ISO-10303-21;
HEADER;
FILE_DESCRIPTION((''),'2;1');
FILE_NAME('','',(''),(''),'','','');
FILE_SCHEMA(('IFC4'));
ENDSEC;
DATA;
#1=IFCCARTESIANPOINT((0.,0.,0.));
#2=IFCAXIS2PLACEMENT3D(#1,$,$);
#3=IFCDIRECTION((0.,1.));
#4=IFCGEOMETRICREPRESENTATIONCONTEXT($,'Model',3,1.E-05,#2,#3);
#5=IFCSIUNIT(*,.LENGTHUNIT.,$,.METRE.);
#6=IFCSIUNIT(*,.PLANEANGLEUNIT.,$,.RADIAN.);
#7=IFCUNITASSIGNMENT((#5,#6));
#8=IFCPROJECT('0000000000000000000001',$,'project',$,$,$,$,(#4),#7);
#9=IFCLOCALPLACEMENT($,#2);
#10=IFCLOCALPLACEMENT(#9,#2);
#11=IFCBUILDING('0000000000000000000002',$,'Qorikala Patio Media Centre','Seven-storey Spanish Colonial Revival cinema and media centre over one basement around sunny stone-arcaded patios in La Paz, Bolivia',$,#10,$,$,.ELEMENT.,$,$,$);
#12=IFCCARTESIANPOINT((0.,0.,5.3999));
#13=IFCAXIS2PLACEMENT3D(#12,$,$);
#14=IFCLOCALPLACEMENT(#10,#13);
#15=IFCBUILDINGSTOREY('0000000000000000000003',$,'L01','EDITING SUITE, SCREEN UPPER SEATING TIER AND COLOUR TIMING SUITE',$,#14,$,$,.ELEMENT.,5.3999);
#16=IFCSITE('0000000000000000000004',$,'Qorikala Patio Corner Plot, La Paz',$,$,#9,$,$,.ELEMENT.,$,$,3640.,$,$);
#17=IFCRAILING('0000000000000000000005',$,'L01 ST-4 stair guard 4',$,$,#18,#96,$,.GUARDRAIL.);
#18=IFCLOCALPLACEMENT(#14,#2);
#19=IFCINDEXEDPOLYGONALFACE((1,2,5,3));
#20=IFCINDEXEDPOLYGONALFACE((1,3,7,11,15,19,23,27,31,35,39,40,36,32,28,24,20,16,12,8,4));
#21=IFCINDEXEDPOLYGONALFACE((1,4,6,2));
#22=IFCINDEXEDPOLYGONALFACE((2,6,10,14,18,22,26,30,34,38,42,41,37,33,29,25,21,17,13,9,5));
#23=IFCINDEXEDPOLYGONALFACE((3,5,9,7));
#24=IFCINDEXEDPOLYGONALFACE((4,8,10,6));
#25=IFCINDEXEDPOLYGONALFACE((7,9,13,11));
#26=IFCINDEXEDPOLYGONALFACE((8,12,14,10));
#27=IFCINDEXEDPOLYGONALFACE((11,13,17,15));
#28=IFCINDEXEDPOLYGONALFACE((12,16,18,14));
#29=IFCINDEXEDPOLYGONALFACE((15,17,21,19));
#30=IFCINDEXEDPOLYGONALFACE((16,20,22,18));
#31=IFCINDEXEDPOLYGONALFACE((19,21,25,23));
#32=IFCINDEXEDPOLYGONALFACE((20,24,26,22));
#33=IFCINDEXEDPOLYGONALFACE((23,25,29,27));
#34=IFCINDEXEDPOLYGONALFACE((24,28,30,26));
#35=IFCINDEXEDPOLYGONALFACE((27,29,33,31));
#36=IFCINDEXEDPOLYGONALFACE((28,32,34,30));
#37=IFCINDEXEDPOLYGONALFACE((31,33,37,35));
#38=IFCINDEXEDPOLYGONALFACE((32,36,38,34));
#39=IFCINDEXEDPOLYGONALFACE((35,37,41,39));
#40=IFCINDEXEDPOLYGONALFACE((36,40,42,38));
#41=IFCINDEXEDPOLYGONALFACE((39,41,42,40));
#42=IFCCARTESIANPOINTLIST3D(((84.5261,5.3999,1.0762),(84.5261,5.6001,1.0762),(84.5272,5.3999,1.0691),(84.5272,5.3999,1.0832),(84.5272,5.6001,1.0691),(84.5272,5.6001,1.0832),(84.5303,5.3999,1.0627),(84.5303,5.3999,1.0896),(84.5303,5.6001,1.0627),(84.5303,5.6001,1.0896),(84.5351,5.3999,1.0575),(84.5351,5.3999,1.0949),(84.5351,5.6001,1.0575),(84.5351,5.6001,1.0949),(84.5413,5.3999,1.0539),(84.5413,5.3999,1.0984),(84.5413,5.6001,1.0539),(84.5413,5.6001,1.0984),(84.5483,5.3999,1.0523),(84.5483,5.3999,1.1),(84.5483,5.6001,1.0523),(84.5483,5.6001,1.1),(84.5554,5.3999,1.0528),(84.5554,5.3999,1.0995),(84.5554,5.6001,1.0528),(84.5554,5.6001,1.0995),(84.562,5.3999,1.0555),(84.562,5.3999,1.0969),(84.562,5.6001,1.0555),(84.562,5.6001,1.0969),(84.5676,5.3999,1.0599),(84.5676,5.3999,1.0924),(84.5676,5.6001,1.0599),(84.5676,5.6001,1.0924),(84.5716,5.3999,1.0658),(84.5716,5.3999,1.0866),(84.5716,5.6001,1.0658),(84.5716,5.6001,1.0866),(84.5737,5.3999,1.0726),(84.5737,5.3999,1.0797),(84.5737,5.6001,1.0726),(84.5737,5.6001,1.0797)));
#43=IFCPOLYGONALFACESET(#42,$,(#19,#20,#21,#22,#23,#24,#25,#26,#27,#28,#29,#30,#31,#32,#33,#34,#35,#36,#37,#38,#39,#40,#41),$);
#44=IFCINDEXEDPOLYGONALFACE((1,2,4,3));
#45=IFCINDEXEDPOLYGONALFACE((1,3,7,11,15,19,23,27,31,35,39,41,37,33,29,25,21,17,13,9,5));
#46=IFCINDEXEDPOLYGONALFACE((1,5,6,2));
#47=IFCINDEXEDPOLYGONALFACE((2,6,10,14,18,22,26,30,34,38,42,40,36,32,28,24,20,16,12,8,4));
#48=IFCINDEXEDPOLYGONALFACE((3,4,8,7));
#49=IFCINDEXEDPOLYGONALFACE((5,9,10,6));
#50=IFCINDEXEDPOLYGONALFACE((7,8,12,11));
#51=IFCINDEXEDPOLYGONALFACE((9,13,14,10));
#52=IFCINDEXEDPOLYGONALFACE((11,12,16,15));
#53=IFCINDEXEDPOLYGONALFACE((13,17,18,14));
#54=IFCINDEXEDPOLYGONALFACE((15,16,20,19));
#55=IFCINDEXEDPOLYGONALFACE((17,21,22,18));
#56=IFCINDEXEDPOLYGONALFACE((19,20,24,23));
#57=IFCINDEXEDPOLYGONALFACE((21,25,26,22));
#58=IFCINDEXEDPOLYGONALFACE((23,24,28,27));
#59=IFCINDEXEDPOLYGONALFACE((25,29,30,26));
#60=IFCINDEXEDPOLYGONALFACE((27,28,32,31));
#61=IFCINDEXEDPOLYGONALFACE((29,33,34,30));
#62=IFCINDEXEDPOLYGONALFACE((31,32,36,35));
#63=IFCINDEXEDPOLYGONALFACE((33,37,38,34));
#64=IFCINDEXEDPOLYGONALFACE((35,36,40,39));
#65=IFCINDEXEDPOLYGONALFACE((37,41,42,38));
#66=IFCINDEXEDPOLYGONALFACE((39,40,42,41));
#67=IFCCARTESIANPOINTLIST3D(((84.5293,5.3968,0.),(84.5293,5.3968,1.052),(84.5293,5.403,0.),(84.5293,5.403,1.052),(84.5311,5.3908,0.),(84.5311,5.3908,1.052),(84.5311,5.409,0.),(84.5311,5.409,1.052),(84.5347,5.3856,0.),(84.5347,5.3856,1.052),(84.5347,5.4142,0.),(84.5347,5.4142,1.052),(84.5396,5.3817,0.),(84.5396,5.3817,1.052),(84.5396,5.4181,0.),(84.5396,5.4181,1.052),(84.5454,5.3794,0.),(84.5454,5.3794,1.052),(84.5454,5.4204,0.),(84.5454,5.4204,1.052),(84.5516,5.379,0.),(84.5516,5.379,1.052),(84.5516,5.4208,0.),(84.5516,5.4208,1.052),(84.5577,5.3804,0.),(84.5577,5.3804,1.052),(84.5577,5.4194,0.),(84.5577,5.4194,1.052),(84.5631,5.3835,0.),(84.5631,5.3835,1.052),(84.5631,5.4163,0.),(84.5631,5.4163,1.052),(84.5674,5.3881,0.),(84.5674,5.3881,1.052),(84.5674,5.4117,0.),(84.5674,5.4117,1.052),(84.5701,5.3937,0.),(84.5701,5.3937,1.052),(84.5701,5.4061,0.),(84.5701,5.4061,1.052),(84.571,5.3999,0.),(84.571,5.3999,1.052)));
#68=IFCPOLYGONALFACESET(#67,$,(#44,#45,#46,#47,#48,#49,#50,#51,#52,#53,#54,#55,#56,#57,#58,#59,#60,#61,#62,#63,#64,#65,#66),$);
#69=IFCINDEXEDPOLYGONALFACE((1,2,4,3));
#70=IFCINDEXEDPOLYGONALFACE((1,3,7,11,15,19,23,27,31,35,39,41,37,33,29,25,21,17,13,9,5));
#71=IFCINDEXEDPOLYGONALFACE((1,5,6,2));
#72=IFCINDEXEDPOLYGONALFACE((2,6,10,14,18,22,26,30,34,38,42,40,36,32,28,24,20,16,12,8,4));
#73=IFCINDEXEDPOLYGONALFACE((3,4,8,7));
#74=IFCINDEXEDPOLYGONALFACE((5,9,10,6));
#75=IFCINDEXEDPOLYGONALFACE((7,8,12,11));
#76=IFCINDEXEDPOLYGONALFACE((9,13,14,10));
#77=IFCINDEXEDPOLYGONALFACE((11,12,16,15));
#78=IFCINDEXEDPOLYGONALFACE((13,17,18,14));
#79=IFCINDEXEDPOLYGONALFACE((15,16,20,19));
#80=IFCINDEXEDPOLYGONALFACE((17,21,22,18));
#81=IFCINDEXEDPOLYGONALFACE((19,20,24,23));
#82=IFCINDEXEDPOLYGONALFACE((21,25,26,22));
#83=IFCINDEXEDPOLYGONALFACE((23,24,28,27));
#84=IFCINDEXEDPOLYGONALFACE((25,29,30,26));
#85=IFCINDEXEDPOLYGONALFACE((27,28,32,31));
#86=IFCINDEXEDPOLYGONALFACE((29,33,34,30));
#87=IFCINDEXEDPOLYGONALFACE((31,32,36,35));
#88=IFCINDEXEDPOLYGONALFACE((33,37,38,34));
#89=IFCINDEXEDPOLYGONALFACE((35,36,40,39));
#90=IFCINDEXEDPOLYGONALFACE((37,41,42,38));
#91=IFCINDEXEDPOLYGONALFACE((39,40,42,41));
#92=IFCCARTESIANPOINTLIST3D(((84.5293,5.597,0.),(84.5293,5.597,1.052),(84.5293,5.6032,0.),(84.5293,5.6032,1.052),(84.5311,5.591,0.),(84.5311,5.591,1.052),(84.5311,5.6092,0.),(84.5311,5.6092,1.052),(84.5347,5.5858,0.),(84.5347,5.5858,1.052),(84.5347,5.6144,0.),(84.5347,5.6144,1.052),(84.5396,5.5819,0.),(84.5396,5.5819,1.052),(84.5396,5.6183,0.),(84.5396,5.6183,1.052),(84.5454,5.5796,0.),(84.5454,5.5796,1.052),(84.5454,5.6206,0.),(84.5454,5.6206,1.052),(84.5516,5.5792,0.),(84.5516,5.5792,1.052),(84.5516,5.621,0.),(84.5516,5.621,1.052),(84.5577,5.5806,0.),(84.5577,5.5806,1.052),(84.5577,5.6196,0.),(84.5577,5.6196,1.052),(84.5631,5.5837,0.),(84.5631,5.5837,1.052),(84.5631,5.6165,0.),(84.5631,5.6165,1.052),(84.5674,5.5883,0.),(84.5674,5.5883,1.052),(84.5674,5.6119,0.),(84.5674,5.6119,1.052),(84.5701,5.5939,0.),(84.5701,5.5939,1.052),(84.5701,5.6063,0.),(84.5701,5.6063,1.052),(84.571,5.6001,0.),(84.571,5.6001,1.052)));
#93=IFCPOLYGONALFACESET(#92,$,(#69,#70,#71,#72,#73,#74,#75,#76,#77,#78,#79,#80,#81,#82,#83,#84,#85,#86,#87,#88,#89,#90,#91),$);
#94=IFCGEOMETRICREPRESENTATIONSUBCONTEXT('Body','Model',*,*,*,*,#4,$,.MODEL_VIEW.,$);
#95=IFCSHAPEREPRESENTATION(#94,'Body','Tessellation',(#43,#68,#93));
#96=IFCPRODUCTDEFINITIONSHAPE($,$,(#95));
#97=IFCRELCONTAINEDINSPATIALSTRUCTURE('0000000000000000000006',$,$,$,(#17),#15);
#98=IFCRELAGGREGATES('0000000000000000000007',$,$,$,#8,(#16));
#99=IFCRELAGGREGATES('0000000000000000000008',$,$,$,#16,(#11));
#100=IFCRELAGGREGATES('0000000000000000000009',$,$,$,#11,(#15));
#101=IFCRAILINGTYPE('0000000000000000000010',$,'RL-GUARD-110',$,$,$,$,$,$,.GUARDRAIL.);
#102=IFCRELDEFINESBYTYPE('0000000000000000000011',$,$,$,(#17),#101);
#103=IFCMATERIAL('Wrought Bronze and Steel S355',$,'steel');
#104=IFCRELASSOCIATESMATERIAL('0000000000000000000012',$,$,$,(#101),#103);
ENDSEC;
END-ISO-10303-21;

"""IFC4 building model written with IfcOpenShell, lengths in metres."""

from ifc_helpers import new_model, si_unit, direction, frame, origin, origin_2d, place, context, subcontext, project, spatial, circle, extrude, material, type_object, element, save


model = new_model("IFC4")

# Units and contexts
model_context = context("Model", 3, precision=1e-05, world=origin(), true_north=direction((0.0, 1.0)))
body_context = subcontext(model_context, "Body", "Model", "MODEL_VIEW")
ifc_project = project(units=[si_unit("LENGTHUNIT", "METRE"), si_unit("PLANEANGLEUNIT", "RADIAN")], contexts=[model_context])

# Site, building, storey
site_placement = place(None, origin())
site = spatial("IfcSite", under=ifc_project, at=site_placement, Name="Qorikala Patio Corner Plot, La Paz", CompositionType="ELEMENT", RefElevation=3640.0)
building_placement = place(site_placement, origin())
building = spatial("IfcBuilding", under=site, at=building_placement, Name="Qorikala Patio Media Centre", Description="Seven-storey Spanish Colonial Revival cinema and media centre over one basement around sunny stone-arcaded patios in La Paz, Bolivia", CompositionType="ELEMENT")
storey_placement = place(building_placement, frame((0.0, 0.0, 5.3999)))
storey = spatial("IfcBuildingStorey", under=building, at=storey_placement, Name="L01", Description="EDITING SUITE, SCREEN UPPER SEATING TIER AND COLOUR TIMING SUITE", CompositionType="ELEMENT", Elevation=5.3999)

# Railing
ifc_material_1 = material(Name="Wrought Bronze and Steel S355", Category="steel")
railing_type_1 = type_object("IfcRailingType", Name="RL-GUARD-110", PredefinedType="GUARDRAIL", material=ifc_material_1)
railing_1_placement = place(storey_placement, frame((84.55, 5.3999, 0.0)))
element("IfcRailing", 1, at=railing_1_placement, inside=storey, type_object=railing_type_1, Name="L01 ST-4 stair guard 4", PredefinedType="GUARDRAIL", context=body_context, shape_type="SweptSolid", body=[
    extrude(circle(Radius=0.0239, at=origin_2d()), frame((0.0, 0.0, 1.0762), z_axis=(0.0, 1.0, 0.0), x_axis=(-1.0, 0.0, 0.0)), (0.0, 0.0, 1.0), 0.2002),
    extrude(circle(Radius=0.021, at=origin_2d()), origin(), (0.0, 0.0, 1.0), 1.052),
    extrude(circle(Radius=0.021, at=origin_2d()), frame((0.0, 0.2002, 0.0)), (0.0, 0.0, 1.0), 1.052),
])

save(model, "model.ifc")
